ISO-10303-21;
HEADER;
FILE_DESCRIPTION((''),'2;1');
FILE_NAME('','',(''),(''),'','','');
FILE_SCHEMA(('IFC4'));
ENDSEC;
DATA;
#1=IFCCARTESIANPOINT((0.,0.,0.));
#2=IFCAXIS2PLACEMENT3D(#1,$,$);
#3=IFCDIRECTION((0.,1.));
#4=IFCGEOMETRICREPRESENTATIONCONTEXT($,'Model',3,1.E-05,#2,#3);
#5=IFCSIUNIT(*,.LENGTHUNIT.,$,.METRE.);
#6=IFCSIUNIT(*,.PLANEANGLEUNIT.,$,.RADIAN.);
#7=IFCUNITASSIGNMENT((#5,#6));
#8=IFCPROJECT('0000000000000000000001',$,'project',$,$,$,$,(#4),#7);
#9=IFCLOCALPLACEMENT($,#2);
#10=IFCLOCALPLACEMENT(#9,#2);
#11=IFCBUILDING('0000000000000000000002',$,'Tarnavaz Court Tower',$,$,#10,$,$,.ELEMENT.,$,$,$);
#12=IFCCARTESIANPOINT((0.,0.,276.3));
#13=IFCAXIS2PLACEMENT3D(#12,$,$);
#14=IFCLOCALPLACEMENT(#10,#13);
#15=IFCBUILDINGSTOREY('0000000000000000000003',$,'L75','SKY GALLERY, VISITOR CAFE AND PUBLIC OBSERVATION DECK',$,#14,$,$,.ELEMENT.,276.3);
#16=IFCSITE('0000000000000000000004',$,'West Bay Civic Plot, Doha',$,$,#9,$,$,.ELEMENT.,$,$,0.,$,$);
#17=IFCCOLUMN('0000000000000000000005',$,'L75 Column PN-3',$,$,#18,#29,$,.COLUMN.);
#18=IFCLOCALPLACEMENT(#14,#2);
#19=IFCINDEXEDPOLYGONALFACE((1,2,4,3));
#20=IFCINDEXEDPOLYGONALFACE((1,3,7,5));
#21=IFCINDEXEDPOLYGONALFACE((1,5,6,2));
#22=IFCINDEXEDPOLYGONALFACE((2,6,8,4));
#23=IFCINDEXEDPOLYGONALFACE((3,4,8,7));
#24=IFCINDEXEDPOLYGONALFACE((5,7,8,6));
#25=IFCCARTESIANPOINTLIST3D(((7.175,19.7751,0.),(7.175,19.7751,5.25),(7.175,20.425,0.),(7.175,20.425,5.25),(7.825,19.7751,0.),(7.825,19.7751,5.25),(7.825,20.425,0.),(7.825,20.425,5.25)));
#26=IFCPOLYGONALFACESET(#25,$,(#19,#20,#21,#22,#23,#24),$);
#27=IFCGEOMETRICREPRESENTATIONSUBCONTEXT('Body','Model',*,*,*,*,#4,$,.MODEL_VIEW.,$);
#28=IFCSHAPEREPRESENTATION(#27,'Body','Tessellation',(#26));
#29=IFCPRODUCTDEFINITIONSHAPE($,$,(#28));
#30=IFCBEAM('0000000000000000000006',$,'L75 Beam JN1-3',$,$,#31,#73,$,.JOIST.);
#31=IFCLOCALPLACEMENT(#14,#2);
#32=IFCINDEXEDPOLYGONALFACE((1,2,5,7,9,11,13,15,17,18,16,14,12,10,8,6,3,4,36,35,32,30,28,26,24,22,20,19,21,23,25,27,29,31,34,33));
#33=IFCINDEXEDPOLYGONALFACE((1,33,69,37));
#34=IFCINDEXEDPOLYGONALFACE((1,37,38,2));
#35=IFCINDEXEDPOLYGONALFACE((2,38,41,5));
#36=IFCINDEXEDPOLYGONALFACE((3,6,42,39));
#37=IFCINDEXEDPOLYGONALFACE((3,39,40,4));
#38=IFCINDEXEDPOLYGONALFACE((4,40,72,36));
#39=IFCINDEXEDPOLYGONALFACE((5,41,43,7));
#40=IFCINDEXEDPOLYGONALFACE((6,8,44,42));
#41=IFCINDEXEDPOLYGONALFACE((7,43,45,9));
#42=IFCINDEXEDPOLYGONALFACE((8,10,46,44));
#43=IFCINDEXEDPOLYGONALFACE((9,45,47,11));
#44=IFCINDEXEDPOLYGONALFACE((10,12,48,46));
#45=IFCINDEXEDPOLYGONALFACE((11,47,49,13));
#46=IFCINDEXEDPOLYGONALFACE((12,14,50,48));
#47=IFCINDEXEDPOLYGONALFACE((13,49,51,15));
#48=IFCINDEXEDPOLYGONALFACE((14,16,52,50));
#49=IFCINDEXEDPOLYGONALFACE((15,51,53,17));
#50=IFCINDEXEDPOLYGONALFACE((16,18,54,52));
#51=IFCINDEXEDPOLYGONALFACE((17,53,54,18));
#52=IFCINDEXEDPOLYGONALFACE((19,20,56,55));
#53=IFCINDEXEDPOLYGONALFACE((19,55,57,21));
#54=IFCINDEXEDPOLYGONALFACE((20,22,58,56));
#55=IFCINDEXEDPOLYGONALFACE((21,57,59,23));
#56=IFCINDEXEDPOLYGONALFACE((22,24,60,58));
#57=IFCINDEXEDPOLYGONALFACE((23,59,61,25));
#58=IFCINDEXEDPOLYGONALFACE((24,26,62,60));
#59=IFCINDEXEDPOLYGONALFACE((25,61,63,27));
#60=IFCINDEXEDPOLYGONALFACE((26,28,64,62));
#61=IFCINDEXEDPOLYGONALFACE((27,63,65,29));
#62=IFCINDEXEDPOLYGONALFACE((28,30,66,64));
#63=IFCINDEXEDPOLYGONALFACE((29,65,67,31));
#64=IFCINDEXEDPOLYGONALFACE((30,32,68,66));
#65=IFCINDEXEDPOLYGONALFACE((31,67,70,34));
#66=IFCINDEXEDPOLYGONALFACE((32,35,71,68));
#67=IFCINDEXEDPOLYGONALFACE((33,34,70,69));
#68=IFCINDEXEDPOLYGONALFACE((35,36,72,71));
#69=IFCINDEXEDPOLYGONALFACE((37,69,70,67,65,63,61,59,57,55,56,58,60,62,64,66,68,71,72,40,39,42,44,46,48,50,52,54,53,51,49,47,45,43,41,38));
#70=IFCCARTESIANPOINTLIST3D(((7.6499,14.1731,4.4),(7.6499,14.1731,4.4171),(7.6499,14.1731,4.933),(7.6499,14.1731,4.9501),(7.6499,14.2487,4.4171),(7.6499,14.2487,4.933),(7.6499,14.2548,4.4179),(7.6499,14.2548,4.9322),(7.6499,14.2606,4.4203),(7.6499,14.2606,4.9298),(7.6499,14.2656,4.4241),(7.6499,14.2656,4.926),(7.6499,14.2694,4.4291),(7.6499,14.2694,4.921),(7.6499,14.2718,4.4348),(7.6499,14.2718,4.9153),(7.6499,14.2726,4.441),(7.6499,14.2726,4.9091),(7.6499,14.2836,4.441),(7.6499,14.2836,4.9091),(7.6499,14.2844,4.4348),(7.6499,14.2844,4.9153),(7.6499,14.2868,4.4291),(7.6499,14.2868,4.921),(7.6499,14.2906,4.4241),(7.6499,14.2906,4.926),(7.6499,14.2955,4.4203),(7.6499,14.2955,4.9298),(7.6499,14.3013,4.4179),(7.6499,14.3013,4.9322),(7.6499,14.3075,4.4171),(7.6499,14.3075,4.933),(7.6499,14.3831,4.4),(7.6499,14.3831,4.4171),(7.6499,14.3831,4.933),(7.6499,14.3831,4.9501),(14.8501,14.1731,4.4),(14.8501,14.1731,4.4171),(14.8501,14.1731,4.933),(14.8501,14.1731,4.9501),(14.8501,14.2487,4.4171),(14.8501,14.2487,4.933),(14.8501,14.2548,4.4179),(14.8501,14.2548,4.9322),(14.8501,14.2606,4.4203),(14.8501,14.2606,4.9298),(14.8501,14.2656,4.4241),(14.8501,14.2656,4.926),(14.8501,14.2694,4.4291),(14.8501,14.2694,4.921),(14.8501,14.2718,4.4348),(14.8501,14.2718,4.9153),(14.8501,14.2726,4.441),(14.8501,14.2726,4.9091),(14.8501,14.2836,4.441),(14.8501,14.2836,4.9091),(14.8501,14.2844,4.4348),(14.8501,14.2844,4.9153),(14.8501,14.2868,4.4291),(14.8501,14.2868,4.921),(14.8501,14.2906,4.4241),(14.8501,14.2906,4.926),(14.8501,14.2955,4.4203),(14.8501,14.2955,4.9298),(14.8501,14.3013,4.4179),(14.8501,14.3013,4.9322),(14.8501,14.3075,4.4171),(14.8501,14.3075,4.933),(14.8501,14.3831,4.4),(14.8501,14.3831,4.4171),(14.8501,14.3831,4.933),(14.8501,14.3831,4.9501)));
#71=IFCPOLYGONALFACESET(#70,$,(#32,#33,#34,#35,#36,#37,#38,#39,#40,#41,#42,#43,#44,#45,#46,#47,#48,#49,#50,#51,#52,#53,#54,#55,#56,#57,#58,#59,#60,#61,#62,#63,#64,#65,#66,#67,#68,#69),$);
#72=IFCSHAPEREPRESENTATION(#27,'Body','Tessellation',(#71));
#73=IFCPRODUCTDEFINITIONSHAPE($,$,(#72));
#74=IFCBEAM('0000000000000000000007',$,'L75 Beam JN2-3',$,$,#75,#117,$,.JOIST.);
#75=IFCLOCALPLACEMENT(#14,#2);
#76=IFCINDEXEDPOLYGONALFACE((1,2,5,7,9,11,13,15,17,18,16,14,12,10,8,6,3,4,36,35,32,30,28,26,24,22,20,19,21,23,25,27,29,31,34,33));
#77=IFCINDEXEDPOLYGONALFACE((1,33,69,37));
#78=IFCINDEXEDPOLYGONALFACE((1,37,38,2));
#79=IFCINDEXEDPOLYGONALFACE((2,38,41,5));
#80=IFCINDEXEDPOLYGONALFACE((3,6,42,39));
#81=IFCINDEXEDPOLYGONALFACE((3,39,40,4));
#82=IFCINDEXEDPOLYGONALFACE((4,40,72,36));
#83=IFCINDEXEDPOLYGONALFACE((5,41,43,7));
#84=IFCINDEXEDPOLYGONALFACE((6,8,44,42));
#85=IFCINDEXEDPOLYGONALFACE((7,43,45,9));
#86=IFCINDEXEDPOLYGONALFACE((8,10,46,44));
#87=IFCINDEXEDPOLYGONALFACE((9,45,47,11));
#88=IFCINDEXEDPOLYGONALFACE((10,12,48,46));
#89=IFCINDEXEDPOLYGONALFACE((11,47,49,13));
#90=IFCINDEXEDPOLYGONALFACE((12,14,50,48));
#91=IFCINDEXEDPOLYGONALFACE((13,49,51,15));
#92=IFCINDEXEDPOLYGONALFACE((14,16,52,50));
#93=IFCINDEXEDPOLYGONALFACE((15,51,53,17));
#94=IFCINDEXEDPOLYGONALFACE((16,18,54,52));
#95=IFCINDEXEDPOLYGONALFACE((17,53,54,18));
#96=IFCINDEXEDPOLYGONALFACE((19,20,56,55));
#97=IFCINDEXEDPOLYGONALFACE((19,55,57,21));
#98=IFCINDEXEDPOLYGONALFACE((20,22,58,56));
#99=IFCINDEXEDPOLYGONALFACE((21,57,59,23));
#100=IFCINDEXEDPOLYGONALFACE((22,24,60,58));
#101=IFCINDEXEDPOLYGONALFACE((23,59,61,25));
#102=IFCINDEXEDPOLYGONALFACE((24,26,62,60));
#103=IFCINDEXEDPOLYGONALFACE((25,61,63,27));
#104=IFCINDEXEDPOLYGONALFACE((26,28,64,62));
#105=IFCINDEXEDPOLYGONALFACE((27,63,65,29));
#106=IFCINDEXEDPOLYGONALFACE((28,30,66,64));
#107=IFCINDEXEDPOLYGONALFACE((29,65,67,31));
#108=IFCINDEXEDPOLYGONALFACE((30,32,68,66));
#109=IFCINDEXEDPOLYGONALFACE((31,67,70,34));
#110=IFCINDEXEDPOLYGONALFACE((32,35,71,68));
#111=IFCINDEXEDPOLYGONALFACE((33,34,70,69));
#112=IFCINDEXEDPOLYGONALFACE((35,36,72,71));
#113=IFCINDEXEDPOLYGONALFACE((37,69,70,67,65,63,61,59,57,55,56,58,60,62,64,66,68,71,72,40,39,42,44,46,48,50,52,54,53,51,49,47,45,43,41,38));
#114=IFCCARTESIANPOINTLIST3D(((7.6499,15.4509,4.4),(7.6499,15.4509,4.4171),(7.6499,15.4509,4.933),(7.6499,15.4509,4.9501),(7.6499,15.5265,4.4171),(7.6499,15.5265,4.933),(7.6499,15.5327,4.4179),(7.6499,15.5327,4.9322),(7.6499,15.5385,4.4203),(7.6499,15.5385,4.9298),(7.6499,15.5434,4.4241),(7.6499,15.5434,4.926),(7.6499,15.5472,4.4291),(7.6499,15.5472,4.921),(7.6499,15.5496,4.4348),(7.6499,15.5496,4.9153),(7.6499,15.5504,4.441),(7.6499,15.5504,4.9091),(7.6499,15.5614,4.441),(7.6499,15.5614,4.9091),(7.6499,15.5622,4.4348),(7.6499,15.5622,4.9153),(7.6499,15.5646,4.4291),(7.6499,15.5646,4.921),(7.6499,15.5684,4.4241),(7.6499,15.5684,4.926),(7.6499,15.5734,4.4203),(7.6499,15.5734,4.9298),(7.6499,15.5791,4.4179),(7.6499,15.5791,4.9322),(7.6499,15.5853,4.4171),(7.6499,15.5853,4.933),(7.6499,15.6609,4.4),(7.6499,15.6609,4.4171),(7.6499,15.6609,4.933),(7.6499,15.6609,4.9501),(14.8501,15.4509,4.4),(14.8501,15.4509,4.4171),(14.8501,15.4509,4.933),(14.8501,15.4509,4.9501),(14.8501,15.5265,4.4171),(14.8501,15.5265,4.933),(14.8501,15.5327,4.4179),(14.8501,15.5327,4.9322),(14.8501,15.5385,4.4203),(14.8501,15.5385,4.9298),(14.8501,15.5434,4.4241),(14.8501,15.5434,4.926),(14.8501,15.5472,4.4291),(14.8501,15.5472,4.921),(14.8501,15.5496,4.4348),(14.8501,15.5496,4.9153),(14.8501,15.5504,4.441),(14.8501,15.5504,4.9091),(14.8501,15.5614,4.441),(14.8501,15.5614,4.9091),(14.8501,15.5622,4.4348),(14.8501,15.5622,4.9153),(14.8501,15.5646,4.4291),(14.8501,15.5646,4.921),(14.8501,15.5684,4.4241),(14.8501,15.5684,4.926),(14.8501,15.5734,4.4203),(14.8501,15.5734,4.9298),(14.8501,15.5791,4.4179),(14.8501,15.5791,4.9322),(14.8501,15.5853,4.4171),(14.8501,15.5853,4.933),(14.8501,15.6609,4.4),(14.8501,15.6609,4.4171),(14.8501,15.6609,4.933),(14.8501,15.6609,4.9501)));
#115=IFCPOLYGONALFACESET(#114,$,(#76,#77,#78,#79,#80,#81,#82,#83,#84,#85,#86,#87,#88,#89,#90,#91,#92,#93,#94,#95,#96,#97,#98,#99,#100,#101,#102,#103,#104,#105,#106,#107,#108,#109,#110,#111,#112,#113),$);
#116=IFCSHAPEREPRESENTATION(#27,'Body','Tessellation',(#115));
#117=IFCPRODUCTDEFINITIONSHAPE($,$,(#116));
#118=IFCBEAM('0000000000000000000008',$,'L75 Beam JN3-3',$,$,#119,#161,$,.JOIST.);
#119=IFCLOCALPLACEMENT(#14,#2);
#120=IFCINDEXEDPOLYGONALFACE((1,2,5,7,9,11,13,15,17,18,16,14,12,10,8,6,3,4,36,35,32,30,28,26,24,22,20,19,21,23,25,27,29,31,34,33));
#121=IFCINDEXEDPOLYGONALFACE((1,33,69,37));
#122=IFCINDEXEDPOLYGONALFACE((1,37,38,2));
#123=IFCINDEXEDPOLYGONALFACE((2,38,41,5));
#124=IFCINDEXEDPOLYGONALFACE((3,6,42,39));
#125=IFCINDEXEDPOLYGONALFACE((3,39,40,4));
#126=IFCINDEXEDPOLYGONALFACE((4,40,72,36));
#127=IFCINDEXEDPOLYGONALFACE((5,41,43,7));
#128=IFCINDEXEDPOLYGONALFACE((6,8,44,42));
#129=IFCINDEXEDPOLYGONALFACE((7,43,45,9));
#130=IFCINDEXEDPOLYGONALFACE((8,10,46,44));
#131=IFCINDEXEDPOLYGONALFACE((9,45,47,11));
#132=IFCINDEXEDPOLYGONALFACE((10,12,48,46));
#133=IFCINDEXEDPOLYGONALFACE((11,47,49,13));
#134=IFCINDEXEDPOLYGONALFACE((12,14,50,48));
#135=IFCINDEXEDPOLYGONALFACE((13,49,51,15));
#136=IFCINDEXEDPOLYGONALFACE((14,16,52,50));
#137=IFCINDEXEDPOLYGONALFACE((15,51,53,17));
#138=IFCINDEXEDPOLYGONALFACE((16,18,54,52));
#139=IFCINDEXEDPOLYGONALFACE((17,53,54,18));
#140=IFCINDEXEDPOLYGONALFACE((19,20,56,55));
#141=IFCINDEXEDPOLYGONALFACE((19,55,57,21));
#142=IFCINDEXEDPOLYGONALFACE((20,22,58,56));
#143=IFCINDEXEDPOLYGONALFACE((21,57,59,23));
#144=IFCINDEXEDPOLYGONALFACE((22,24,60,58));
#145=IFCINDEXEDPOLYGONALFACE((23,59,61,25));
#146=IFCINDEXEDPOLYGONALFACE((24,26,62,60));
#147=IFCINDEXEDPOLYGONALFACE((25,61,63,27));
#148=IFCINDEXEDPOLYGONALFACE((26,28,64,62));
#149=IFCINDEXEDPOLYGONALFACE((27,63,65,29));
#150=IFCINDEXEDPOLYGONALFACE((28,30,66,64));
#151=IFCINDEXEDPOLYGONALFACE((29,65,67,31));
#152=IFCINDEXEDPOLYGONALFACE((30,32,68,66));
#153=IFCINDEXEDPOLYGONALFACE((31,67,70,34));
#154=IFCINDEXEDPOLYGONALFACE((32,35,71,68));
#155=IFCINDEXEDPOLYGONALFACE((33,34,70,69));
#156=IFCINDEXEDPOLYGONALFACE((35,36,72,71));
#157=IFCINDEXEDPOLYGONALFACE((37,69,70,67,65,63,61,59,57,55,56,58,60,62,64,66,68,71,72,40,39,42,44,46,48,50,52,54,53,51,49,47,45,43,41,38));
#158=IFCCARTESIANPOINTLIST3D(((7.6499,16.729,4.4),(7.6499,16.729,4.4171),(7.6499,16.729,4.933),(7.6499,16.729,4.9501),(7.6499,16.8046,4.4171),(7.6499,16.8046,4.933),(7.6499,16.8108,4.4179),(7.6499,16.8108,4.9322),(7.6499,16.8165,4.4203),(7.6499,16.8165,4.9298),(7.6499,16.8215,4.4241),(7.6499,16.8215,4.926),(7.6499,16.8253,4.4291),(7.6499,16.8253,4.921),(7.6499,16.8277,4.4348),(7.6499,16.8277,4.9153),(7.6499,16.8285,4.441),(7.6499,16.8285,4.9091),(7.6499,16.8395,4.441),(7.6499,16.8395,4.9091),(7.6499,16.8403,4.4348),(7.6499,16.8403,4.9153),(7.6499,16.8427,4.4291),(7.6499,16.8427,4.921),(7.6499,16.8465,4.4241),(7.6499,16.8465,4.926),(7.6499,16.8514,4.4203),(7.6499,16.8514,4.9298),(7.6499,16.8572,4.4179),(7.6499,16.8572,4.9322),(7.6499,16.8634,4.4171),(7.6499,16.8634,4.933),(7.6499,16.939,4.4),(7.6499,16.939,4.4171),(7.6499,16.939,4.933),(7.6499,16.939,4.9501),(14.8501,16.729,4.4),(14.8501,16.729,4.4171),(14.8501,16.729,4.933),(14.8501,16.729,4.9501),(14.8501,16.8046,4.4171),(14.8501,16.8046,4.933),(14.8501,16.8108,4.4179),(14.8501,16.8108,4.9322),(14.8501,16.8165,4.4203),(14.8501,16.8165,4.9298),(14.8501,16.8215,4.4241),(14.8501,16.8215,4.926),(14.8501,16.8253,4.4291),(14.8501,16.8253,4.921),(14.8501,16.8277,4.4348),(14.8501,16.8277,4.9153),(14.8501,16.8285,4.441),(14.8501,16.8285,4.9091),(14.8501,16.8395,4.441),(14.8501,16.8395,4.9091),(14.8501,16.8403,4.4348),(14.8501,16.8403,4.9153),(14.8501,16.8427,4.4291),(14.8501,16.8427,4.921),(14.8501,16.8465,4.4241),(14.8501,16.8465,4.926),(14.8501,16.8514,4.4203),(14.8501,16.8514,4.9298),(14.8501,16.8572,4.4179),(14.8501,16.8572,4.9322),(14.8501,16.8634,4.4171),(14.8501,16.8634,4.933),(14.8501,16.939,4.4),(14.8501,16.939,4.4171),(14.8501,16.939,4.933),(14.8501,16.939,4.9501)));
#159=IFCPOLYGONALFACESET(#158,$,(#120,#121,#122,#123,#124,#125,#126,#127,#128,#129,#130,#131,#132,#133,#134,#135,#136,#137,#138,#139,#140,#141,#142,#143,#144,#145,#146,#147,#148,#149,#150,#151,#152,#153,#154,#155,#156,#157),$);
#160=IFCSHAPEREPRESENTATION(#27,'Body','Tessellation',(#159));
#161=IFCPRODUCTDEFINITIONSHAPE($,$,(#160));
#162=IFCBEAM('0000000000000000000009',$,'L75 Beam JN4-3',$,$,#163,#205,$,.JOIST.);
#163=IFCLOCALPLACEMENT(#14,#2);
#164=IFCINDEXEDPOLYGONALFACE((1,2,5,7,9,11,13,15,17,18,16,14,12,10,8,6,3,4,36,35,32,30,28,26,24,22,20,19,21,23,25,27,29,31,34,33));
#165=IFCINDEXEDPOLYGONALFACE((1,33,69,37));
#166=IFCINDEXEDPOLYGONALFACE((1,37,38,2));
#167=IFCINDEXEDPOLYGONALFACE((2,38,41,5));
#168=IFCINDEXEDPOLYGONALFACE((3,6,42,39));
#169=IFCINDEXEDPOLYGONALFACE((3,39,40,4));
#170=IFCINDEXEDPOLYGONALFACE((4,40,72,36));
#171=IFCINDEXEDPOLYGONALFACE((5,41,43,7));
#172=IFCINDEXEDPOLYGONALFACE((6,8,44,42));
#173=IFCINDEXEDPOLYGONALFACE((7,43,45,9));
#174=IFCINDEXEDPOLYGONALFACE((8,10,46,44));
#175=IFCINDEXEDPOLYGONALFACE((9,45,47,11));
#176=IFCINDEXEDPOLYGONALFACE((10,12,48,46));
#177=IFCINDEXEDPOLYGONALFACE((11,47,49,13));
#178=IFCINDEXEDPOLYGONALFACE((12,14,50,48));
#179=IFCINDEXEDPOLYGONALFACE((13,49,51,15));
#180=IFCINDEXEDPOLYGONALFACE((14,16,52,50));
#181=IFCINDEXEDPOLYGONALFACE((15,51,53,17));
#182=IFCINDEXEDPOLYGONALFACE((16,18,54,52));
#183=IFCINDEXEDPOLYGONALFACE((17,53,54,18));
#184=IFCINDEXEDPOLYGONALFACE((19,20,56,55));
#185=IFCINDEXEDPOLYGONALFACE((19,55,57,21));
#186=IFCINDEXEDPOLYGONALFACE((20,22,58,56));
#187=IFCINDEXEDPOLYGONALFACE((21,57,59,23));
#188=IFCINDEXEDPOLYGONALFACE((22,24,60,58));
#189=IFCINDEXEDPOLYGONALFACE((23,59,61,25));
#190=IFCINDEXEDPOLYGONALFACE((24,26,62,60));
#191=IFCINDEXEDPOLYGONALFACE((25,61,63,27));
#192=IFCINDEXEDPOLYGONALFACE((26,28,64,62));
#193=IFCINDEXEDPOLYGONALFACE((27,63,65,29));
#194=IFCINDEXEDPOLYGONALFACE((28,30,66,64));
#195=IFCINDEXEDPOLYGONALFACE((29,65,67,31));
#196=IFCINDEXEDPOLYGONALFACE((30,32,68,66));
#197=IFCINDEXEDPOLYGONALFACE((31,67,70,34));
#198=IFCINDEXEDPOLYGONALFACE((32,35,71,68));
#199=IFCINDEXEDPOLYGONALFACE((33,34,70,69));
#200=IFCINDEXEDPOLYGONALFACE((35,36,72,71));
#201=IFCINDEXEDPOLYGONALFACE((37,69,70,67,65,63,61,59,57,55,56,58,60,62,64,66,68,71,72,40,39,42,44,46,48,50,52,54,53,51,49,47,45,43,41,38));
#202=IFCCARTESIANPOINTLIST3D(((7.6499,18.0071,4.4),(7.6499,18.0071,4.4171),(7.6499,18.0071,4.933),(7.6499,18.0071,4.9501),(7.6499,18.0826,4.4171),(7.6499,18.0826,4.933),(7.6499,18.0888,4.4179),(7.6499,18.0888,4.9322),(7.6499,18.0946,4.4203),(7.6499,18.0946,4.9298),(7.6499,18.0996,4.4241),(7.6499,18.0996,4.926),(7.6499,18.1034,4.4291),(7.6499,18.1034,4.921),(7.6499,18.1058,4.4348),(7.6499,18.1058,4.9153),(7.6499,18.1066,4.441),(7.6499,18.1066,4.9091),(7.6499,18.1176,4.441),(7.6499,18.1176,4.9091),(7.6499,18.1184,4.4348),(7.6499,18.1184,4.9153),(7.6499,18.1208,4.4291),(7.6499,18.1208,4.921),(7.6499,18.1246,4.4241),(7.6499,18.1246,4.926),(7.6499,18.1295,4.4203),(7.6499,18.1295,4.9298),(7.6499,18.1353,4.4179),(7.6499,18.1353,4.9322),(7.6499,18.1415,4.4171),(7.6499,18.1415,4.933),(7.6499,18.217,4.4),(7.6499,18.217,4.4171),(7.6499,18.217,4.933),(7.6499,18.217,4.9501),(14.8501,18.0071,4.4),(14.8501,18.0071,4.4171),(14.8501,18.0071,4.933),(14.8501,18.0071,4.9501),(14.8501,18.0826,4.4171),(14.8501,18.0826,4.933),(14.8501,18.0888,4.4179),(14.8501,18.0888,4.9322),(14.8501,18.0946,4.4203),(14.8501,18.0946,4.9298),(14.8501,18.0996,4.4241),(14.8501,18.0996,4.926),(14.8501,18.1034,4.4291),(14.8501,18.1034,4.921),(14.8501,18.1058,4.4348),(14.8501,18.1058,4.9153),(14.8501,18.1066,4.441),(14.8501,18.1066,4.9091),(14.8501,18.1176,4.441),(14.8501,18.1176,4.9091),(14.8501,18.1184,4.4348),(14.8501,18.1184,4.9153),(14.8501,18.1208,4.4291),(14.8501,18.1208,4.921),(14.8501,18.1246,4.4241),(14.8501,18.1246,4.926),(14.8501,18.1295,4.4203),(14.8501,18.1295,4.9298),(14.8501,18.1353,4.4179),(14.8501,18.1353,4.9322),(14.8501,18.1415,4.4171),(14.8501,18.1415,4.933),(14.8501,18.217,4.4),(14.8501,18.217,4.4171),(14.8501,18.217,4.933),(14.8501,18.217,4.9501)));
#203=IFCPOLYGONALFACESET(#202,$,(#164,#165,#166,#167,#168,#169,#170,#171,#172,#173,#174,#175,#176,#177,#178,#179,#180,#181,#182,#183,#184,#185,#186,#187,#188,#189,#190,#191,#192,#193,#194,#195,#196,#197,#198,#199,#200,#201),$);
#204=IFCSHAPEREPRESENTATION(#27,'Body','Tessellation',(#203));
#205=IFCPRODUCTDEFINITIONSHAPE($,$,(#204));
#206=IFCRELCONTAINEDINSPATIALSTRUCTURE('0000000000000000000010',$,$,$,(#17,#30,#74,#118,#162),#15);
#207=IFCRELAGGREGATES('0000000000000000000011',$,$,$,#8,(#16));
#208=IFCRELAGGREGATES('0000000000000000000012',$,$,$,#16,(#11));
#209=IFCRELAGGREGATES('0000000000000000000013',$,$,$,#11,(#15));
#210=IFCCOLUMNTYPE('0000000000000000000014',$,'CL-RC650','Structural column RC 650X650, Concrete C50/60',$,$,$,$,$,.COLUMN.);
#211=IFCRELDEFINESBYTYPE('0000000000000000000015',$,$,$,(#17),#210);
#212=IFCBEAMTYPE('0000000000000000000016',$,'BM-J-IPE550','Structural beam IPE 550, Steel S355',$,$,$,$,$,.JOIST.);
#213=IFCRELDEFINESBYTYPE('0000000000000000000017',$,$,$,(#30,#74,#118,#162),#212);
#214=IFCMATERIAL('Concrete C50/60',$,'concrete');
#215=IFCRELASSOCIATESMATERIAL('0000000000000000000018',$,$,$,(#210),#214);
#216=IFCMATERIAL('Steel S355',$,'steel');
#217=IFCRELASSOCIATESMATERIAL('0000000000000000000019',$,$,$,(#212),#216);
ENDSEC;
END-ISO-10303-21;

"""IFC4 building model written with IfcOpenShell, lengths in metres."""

from ifc_helpers import new_model, si_unit, direction, frame, origin, origin_2d, place, context, subcontext, project, spatial, rectangle, i_section, extrude, material, material_profile, profile_set, type_object, element, save


model = new_model("IFC4")

# Units and contexts
model_context = context("Model", 3, precision=1e-05, world=origin(), true_north=direction((0.0, 1.0)))
body_context = subcontext(model_context, "Body", "Model", "MODEL_VIEW")
ifc_project = project(units=[si_unit("LENGTHUNIT", "METRE"), si_unit("PLANEANGLEUNIT", "RADIAN")], contexts=[model_context])

# Site, building, storey
site_placement = place(None, origin())
site = spatial("IfcSite", under=ifc_project, at=site_placement, Name="West Bay Civic Plot, Doha", CompositionType="ELEMENT", RefElevation=0.0)
building_placement = place(site_placement, origin())
building = spatial("IfcBuilding", under=site, at=building_placement, Name="Tarnavaz Court Tower", CompositionType="ELEMENT")
storey_placement = place(building_placement, frame((0.0, 0.0, 276.3)))
storey = spatial("IfcBuildingStorey", under=building, at=storey_placement, Name="L75", Description="SKY GALLERY, VISITOR CAFE AND PUBLIC OBSERVATION DECK", CompositionType="ELEMENT", Elevation=276.3)

# Column
ifc_material_1 = material(Name="Concrete C50/60", Category="concrete")
ifc_material_profile_1 = material_profile(ifc_material_1, rectangle(XDim=0.6499, YDim=0.6499, at=origin_2d()), Name="RC 650X650")
ifc_profile_set_1 = profile_set([ifc_material_profile_1], Name="Concrete C50/60")
column_type = type_object("IfcColumnType", Name="CL-RC650", Description="Structural column RC 650X650, Concrete C50/60", PredefinedType="COLUMN", material=ifc_profile_set_1)
column_placement = place(storey_placement, frame((7.5, 20.1001, 0.0), z_axis=(0.0, 0.0, 1.0), x_axis=(1.0, 0.0, 0.0)))
element("IfcColumn", 1, at=column_placement, inside=storey, type_object=column_type, Name="L75 Column PN-3", PredefinedType="COLUMN", context=body_context, shape_type="SweptSolid", body=[
    extrude(rectangle(XDim=0.6499, YDim=0.6499, at=origin_2d()), origin(), (0.0, 0.0, 1.0), 5.25),
])

# Beams
ifc_material_2 = material(Name="Steel S355", Category="steel")
ifc_material_profile_2 = material_profile(ifc_material_2, i_section(OverallWidth=0.21, OverallDepth=0.55, WebThickness=0.011, FlangeThickness=0.0171, FilletRadius=0.0239, at=origin_2d()), Name="IPE 550")
ifc_profile_set_2 = profile_set([ifc_material_profile_2], Name="Steel S355")
beam_type_1 = type_object("IfcBeamType", Name="BM-J-IPE550", Description="Structural beam IPE 550, Steel S355", PredefinedType="JOIST", material=ifc_profile_set_2)
for number, where, z_axis, x_axis, name in (
    (2, (7.6499, 14.2781, 4.675), (1.0, 0.0, 0.0), (0.0, 1.0, 0.0), "L75 Beam JN1-3"),
    (3, (7.6499, 15.5559, 4.675), (1.0, 0.0, 0.0), (0.0, 1.0, 0.0), "L75 Beam JN2-3"),
    (4, (7.6499, 16.834, 4.675), (1.0, 0.0, 0.0), (0.0, 1.0, 0.0), "L75 Beam JN3-3"),
    (5, (7.6499, 18.1121, 4.675), (1.0, 0.0, 0.0), (0.0, 1.0, 0.0), "L75 Beam JN4-3"),
):
    element("IfcBeam", number, at=place(storey_placement, frame(where, z_axis=z_axis, x_axis=x_axis)), inside=storey, type_object=beam_type_1, Name=name, PredefinedType="JOIST", context=body_context, shape_type="SweptSolid", body=[
        extrude(i_section(OverallWidth=0.21, OverallDepth=0.55, WebThickness=0.011, FlangeThickness=0.0171, FilletRadius=0.0239, at=origin_2d()), origin(), (0.0, 0.0, 1.0), 7.2002),
    ])

save(model, "model.ifc")
